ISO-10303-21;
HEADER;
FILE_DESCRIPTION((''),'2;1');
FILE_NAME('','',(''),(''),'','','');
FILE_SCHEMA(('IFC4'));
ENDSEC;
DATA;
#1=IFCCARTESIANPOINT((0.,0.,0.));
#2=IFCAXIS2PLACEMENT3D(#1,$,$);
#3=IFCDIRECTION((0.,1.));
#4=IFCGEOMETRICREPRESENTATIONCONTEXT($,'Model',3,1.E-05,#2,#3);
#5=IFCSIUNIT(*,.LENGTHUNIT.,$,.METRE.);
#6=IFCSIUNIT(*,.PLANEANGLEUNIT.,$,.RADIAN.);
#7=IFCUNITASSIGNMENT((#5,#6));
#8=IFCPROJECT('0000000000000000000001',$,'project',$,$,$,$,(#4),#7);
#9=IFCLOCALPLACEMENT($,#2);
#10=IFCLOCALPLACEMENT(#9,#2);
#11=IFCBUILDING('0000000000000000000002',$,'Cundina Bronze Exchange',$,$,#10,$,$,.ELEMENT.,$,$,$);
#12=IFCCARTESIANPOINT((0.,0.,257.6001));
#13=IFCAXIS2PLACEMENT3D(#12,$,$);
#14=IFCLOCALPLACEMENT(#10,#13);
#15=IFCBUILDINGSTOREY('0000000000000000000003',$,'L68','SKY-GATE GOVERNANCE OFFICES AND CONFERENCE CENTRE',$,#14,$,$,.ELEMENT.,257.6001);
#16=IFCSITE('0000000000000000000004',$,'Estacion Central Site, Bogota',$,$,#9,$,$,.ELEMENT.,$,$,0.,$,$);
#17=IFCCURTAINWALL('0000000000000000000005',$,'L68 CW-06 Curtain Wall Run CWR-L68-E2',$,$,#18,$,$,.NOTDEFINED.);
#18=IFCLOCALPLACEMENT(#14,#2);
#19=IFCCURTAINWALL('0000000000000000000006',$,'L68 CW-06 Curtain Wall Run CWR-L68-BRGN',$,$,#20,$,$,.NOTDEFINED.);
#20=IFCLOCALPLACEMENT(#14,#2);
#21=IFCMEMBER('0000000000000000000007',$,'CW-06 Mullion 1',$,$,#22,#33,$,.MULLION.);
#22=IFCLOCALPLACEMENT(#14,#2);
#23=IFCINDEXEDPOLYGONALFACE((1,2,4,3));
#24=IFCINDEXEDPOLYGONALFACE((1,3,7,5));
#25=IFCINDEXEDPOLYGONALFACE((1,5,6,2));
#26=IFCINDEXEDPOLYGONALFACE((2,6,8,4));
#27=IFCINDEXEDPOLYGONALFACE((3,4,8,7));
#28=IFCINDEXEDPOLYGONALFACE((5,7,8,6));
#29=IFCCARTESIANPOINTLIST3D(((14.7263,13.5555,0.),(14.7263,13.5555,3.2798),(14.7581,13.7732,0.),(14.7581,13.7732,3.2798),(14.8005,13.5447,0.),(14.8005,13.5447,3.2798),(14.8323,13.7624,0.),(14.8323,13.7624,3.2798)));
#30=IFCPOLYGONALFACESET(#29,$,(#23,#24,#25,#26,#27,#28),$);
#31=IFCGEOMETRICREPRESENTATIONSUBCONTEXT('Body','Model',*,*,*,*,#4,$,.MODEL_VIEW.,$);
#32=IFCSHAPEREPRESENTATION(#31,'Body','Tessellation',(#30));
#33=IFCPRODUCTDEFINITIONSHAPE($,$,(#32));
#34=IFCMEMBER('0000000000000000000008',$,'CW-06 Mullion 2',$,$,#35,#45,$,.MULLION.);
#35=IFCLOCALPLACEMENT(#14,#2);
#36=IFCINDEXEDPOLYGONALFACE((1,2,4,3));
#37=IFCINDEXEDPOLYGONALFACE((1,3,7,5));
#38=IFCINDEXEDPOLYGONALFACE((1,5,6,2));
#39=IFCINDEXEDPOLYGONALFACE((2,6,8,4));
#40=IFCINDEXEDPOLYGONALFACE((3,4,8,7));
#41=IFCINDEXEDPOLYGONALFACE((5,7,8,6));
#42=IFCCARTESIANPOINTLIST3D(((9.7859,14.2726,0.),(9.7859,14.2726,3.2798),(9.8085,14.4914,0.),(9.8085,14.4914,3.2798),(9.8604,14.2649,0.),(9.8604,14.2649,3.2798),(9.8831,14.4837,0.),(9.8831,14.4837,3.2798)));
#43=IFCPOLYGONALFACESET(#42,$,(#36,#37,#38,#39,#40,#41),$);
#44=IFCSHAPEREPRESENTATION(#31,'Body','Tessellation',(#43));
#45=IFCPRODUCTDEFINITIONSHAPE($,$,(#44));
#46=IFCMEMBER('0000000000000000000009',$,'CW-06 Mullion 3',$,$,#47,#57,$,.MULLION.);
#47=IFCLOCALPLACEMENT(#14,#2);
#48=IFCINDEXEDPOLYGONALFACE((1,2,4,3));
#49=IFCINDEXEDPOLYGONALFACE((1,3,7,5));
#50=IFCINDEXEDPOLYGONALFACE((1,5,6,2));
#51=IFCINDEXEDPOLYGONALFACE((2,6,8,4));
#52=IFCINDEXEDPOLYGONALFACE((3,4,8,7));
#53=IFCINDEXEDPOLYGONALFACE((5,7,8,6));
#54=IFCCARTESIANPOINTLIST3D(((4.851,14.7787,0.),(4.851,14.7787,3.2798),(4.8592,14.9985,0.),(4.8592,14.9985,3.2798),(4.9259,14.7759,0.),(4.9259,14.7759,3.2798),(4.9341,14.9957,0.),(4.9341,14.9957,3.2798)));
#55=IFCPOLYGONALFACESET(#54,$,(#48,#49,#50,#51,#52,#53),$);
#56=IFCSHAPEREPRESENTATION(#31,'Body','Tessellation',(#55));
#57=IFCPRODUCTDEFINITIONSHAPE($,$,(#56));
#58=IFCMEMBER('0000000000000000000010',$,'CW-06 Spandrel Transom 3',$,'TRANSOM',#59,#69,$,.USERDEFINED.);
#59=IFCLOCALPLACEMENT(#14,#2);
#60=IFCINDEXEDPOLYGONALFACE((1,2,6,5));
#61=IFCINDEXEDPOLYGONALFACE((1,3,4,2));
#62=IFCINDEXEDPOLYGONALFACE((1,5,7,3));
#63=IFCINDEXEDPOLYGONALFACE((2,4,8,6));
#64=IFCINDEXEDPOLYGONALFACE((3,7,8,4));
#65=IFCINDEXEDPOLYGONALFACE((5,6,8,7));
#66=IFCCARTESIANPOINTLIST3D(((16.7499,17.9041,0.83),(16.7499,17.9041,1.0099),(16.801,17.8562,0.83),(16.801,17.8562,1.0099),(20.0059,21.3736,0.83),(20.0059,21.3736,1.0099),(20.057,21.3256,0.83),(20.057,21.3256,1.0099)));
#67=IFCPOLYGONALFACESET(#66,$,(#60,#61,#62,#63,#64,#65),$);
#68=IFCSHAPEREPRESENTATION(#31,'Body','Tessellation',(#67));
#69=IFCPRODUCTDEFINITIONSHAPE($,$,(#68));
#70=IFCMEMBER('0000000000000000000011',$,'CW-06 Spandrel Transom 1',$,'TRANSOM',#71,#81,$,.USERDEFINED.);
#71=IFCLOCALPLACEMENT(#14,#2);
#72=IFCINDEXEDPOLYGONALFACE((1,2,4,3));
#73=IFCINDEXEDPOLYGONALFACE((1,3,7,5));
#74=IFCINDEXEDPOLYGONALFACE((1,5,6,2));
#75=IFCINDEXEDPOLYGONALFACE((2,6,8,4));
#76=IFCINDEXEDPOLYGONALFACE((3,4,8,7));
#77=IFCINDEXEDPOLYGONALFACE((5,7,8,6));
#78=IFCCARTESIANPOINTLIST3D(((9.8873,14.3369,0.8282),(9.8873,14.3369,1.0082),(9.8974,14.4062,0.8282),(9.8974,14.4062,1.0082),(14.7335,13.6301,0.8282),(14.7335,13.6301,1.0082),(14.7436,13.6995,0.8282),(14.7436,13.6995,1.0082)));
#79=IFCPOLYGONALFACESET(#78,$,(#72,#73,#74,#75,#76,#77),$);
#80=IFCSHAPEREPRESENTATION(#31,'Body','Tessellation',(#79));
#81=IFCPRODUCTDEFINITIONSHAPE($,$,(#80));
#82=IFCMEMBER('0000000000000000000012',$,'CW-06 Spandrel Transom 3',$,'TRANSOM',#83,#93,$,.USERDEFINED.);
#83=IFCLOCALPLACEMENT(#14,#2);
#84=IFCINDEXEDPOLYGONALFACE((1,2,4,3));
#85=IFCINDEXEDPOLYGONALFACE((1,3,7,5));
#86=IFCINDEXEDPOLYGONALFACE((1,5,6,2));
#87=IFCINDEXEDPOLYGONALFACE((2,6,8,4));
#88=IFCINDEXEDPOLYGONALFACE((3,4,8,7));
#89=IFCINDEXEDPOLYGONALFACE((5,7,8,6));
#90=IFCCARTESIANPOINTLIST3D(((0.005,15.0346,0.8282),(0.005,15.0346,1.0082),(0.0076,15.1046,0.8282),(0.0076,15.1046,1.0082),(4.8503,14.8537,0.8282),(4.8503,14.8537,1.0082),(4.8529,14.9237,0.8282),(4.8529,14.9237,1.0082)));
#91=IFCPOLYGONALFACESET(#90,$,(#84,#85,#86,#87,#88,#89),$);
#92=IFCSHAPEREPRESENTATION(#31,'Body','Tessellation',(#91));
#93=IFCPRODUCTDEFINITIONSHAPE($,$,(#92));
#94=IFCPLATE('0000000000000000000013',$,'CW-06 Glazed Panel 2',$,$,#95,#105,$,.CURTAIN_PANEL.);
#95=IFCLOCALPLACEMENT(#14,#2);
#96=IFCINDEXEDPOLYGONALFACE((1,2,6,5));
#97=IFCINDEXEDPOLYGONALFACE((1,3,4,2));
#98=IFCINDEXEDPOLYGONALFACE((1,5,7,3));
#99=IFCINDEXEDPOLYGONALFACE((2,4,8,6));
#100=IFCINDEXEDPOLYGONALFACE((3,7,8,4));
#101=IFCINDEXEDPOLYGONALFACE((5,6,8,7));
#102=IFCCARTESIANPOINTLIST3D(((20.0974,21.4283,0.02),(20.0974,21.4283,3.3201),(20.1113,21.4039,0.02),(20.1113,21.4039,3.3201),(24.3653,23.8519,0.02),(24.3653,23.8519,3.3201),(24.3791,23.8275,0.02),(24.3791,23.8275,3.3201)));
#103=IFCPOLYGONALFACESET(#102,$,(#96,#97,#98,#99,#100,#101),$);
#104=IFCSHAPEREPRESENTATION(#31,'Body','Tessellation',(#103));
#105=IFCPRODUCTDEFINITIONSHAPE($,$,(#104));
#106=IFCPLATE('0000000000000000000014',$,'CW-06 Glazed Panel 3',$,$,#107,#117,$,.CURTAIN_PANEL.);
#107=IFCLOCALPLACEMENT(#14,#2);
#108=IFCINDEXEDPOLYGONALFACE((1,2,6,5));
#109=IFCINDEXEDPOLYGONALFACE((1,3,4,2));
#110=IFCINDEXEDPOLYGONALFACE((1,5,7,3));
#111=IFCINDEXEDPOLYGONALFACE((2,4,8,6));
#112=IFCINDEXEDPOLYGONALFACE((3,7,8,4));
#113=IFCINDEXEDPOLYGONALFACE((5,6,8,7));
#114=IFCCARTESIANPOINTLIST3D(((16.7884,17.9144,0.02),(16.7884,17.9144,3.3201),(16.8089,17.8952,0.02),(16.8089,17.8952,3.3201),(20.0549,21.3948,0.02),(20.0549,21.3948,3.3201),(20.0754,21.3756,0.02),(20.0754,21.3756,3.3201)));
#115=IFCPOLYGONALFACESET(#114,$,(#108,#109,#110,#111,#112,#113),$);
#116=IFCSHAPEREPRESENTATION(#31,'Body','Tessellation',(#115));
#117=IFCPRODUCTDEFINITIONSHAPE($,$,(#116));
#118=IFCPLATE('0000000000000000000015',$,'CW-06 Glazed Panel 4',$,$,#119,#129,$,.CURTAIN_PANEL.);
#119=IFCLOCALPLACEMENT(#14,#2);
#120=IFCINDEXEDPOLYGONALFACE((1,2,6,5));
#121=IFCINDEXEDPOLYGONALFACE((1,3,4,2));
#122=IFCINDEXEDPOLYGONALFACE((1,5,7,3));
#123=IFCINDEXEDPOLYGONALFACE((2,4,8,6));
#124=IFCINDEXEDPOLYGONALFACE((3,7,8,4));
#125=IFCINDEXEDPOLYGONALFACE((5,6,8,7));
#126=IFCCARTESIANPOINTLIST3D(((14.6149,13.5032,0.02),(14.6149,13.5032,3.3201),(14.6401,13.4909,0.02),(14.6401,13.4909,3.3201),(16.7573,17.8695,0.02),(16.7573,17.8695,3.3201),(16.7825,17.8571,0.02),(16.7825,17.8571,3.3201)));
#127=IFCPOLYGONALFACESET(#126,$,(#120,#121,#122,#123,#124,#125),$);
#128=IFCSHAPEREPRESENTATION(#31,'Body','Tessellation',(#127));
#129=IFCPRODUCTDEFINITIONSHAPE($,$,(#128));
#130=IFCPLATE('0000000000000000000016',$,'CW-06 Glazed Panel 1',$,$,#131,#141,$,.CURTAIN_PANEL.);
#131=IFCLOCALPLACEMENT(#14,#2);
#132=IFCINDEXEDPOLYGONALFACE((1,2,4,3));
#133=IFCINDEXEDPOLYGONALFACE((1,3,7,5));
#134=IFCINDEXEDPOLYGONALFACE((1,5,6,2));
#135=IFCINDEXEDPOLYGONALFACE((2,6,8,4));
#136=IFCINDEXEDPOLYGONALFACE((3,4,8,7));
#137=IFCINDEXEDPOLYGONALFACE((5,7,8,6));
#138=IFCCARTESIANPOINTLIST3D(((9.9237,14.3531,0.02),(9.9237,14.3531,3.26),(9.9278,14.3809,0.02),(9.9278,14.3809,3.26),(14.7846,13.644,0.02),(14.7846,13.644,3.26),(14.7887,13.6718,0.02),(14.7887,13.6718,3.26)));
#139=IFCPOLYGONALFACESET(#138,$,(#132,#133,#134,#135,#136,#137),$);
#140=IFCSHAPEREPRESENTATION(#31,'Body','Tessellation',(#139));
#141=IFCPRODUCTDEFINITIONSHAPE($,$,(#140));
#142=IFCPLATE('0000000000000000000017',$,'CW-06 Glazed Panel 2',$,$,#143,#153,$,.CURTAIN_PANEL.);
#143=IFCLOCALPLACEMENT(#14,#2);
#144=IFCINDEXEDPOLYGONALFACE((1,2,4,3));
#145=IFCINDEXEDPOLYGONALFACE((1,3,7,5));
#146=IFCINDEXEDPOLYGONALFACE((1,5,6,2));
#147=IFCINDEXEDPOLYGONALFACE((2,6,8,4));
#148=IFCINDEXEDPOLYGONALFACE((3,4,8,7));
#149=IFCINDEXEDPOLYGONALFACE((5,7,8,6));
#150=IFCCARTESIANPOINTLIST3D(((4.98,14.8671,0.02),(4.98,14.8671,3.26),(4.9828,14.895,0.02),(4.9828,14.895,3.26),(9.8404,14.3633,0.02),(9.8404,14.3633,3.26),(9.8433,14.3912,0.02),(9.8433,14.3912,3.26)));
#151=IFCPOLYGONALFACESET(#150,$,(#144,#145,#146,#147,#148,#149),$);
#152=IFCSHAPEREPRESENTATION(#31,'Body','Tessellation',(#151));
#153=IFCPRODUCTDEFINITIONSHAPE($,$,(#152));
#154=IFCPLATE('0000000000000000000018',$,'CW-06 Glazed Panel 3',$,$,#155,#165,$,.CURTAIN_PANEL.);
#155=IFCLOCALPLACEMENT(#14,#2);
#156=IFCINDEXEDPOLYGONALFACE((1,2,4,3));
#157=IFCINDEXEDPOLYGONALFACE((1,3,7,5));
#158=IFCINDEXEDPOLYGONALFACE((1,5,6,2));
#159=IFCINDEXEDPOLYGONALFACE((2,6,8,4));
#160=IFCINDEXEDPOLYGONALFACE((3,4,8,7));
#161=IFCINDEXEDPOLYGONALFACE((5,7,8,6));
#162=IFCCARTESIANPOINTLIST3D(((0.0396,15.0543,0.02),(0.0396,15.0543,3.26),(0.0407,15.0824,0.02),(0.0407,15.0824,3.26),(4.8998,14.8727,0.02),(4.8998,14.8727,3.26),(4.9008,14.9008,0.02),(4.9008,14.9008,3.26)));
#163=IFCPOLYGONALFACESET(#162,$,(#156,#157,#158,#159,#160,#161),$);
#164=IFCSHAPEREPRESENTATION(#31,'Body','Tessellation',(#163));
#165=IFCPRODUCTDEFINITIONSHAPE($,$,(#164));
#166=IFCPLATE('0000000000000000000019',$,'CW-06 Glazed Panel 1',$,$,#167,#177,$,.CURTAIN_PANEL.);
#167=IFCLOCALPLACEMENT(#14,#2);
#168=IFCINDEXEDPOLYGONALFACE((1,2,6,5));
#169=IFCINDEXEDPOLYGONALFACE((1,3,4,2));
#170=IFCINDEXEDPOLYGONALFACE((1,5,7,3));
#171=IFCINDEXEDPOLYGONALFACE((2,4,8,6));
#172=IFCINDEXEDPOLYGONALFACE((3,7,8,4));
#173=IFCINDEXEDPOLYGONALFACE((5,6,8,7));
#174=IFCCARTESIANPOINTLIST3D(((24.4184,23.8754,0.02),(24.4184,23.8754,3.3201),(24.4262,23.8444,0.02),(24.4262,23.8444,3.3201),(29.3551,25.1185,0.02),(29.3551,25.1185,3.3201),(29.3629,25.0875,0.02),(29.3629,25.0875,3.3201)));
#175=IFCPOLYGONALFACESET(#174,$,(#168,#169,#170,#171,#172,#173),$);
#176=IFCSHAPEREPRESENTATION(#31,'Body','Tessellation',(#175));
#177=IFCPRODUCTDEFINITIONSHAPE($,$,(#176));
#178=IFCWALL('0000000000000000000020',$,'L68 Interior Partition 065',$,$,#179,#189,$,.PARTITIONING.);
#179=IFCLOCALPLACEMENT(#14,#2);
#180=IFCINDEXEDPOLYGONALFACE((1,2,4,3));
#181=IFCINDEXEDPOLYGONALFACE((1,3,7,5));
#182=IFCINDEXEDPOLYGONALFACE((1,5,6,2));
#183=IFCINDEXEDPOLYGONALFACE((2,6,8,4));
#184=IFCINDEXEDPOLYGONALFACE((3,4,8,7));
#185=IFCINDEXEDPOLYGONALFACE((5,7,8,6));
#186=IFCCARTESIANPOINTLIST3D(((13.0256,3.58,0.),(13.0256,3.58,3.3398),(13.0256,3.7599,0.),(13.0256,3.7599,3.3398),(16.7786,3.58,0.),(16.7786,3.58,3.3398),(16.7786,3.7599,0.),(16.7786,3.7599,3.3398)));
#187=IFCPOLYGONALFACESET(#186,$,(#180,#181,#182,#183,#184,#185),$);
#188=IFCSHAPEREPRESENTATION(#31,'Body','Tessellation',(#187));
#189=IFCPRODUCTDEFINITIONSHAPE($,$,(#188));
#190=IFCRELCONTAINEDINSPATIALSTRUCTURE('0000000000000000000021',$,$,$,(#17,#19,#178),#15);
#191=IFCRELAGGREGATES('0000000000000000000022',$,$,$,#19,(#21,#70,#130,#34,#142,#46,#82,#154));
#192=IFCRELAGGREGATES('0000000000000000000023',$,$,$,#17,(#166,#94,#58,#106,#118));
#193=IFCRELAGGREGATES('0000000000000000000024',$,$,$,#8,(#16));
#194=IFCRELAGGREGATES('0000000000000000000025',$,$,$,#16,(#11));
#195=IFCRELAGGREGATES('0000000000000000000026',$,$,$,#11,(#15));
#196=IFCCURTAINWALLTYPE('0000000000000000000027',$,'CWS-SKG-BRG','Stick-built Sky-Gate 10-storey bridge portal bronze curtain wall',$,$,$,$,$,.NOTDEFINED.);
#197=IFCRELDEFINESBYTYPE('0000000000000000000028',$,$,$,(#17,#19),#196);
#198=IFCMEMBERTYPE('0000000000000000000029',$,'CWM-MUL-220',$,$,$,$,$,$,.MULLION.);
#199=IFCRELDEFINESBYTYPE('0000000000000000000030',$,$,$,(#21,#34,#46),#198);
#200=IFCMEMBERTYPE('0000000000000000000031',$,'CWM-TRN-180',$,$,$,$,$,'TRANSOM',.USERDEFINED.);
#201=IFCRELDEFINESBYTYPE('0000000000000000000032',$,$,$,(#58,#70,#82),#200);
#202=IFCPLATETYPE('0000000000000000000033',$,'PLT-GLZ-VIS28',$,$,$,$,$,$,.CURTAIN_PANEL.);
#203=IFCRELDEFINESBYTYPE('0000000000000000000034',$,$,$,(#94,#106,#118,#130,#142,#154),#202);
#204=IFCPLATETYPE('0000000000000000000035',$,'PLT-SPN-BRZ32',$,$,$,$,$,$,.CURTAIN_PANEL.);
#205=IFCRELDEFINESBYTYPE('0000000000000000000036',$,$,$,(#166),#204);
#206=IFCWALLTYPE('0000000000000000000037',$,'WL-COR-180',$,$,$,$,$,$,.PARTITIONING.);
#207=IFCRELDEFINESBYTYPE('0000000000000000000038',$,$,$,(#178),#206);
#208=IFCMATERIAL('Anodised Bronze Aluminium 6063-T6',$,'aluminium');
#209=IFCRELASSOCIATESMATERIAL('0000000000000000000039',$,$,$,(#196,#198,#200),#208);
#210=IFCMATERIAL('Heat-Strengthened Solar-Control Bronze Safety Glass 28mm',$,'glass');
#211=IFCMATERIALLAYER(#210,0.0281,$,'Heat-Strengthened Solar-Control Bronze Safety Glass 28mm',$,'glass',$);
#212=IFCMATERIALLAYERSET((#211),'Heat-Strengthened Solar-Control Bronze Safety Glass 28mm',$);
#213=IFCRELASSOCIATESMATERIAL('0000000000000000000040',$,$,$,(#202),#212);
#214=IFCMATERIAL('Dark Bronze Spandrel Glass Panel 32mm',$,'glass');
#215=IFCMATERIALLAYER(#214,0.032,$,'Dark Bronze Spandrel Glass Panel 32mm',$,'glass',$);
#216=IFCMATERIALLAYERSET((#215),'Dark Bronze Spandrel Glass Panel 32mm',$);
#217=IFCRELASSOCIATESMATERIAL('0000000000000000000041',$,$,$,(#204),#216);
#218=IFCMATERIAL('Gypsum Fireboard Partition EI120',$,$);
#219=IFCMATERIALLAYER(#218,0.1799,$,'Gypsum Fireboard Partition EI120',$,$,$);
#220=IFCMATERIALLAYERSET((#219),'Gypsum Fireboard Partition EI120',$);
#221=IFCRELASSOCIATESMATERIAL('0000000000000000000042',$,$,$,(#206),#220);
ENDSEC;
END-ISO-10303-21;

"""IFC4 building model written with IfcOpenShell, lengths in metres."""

from ifc_helpers import new_model, si_unit, direction, frame, frame_2d, origin, origin_2d, place, context, subcontext, project, spatial, rectangle, extrude, material, layer, layer_set, material_profile, profile_set, type_object, element, aggregate, save


model = new_model("IFC4")

# Units and contexts
model_context = context("Model", 3, precision=1e-05, world=origin(), true_north=direction((0.0, 1.0)))
body_context = subcontext(model_context, "Body", "Model", "MODEL_VIEW")
ifc_project = project(units=[si_unit("LENGTHUNIT", "METRE"), si_unit("PLANEANGLEUNIT", "RADIAN")], contexts=[model_context])

# Site, building, storey
site_placement = place(None, origin())
site = spatial("IfcSite", under=ifc_project, at=site_placement, Name="Estacion Central Site, Bogota", CompositionType="ELEMENT", RefElevation=0.0)
building_placement = place(site_placement, origin())
building = spatial("IfcBuilding", under=site, at=building_placement, Name="Cundina Bronze Exchange", CompositionType="ELEMENT")
storey_placement = place(building_placement, frame((0.0, 0.0, 257.6001)))
storey = spatial("IfcBuildingStorey", under=building, at=storey_placement, Name="L68", Description="SKY-GATE GOVERNANCE OFFICES AND CONFERENCE CENTRE", CompositionType="ELEMENT", Elevation=257.6001)

# Curtain walls, members
ifc_material_1 = material(Name="Anodised Bronze Aluminium 6063-T6", Category="aluminium")
curtain_wall_type = type_object("IfcCurtainWallType", Name="CWS-SKG-BRG", Description="Stick-built Sky-Gate 10-storey bridge portal bronze curtain wall", PredefinedType="NOTDEFINED", material=ifc_material_1)
curtain_wall_1_placement = place(storey_placement, origin())
curtain_wall_1 = element("IfcCurtainWall", 1, at=curtain_wall_1_placement, inside=storey, type_object=curtain_wall_type, Name="L68 CW-06 Curtain Wall Run CWR-L68-E2", PredefinedType="NOTDEFINED")
ifc_material_profile_1 = material_profile(ifc_material_1, rectangle(XDim=0.075, YDim=0.22, at=origin_2d()), Name="AL75X220", Category="aluminium")
ifc_profile_set_1 = profile_set([ifc_material_profile_1], Name="Anodised Bronze Aluminium 6063-T6")
member_type_1 = type_object("IfcMemberType", Name="CWM-MUL-220", PredefinedType="MULLION", material=ifc_profile_set_1)
curtain_wall_2_placement = place(storey_placement, origin())
curtain_wall_2 = element("IfcCurtainWall", 2, at=curtain_wall_2_placement, inside=storey, type_object=curtain_wall_type, Name="L68 CW-06 Curtain Wall Run CWR-L68-BRGN", PredefinedType="NOTDEFINED")
member_1_placement = place(storey_placement, frame((14.7793, 13.6589, 0.0), z_axis=(0.0, 0.0, 1.0), x_axis=(-0.989526, 0.144356, 0.0)))
member_1 = element("IfcMember", 3, at=member_1_placement, type_object=member_type_1, Name="CW-06 Mullion 1", PredefinedType="MULLION", context=body_context, shape_type="SweptSolid", body=[
    extrude(rectangle(XDim=0.075, YDim=0.22, at=origin_2d()), origin(), (0.0, 0.0, 1.0), 3.2798),
])
member_2_placement = place(storey_placement, frame((9.8345, 14.3782, 0.0), z_axis=(0.0, 0.0, 1.0), x_axis=(-0.994667, 0.10314, 0.0)))
member_2 = element("IfcMember", 4, at=member_2_placement, type_object=member_type_1, Name="CW-06 Mullion 2", PredefinedType="MULLION", context=body_context, shape_type="SweptSolid", body=[
    extrude(rectangle(XDim=0.075, YDim=0.22, at=origin_2d()), origin(), (0.0, 0.0, 1.0), 3.2798),
])
member_3_placement = place(storey_placement, frame((4.8926, 14.8872, 0.0), z_axis=(0.0, 0.0, 1.0), x_axis=(-0.999303, 0.037341, 0.0)))
member_3 = element("IfcMember", 5, at=member_3_placement, type_object=member_type_1, Name="CW-06 Mullion 3", PredefinedType="MULLION", context=body_context, shape_type="SweptSolid", body=[
    extrude(rectangle(XDim=0.075, YDim=0.22, at=origin_2d()), origin(), (0.0, 0.0, 1.0), 3.2798),
])

# Members
ifc_material_profile_2 = material_profile(ifc_material_1, rectangle(XDim=0.0701, YDim=0.1799, at=origin_2d()), Name="AL70X180", Category="aluminium")
ifc_profile_set_2 = profile_set([ifc_material_profile_2], Name="Anodised Bronze Aluminium 6063-T6")
member_type_2 = type_object("IfcMemberType", Name="CWM-TRN-180", ElementType="TRANSOM", PredefinedType="USERDEFINED", material=ifc_profile_set_2)
member_4_placement = place(storey_placement, frame((20.0315, 21.3496, 0.9199), z_axis=(-0.684328, -0.729174, 0.0), x_axis=(0.729174, -0.684328, 0.0)))
member_4 = element("IfcMember", 6, at=member_4_placement, type_object=member_type_2, Name="CW-06 Spandrel Transom 3", ObjectType="TRANSOM", PredefinedType="USERDEFINED", context=body_context, shape_type="SweptSolid", body=[
    extrude(rectangle(XDim=0.0701, YDim=0.1799, at=origin_2d()), origin(), (0.0, 0.0, 1.0), 4.7581),
])
member_5_placement = place(storey_placement, frame((14.7385, 13.6648, 0.9182), z_axis=(-0.989531, 0.144317, 0.0), x_axis=(-0.144317, -0.989531, 0.0)))
member_5 = element("IfcMember", 7, at=member_5_placement, type_object=member_type_2, Name="CW-06 Spandrel Transom 1", ObjectType="TRANSOM", PredefinedType="USERDEFINED", context=body_context, shape_type="SweptSolid", body=[
    extrude(rectangle(XDim=0.0701, YDim=0.1799, at=origin_2d()), origin(), (0.0, 0.0, 1.0), 4.8975),
])
member_6_placement = place(storey_placement, frame((4.8516, 14.8887, 0.9182), z_axis=(-0.999304, 0.037312, 0.0), x_axis=(-0.037312, -0.999304, 0.0)))
member_6 = element("IfcMember", 8, at=member_6_placement, type_object=member_type_2, Name="CW-06 Spandrel Transom 3", ObjectType="TRANSOM", PredefinedType="USERDEFINED", context=body_context, shape_type="SweptSolid", body=[
    extrude(rectangle(XDim=0.0701, YDim=0.1799, at=origin_2d()), origin(), (0.0, 0.0, 1.0), 4.8486),
])

# Plates
ifc_material_2 = material(Name="Heat-Strengthened Solar-Control Bronze Safety Glass 28mm", Category="glass")
ifc_layer_1 = layer(ifc_material_2, 0.0281, Name="Heat-Strengthened Solar-Control Bronze Safety Glass 28mm", Category="glass")
ifc_layer_set_1 = layer_set([ifc_layer_1], Name="Heat-Strengthened Solar-Control Bronze Safety Glass 28mm")
plate_type_1 = type_object("IfcPlateType", Name="PLT-GLZ-VIS28", PredefinedType="CURTAIN_PANEL", material=ifc_layer_set_1)
plate_1_placement = place(storey_placement, frame((22.2383, 22.6279, 0.02), z_axis=(0.0, 0.0, 1.0), x_axis=(-0.869573, -0.493805, 0.0)))
plate_1 = element("IfcPlate", 9, at=plate_1_placement, type_object=plate_type_1, Name="CW-06 Glazed Panel 2", PredefinedType="CURTAIN_PANEL", context=body_context, shape_type="SweptSolid", body=[
    extrude(rectangle(XDim=4.908, YDim=0.0281, at=origin_2d()), origin(), (0.0, 0.0, 1.0), 3.3),
])
plate_2_placement = place(storey_placement, frame((18.4319, 19.645, 0.02), z_axis=(0.0, 0.0, 1.0), x_axis=(-0.684344, -0.72916, 0.0)))
plate_2 = element("IfcPlate", 10, at=plate_2_placement, type_object=plate_type_1, Name="CW-06 Glazed Panel 3", PredefinedType="CURTAIN_PANEL", context=body_context, shape_type="SweptSolid", body=[
    extrude(rectangle(XDim=4.7732, YDim=0.0281, at=origin_2d()), origin(), (0.0, 0.0, 1.0), 3.3),
])
plate_3_placement = place(storey_placement, frame((15.6987, 15.6802, 0.02), z_axis=(0.0, 0.0, 1.0), x_axis=(-0.440503, -0.897751, 0.0)))
plate_3 = element("IfcPlate", 11, at=plate_3_placement, type_object=plate_type_1, Name="CW-06 Glazed Panel 4", PredefinedType="CURTAIN_PANEL", context=body_context, shape_type="SweptSolid", body=[
    extrude(rectangle(XDim=4.8635, YDim=0.0281, at=origin_2d()), origin(), (0.0, 0.0, 1.0), 3.3),
])
plate_4_placement = place(storey_placement, frame((12.3562, 14.0125, 0.02), z_axis=(0.0, 0.0, 1.0), x_axis=(-0.989528, 0.144339, 0.0)))
plate_4 = element("IfcPlate", 12, at=plate_4_placement, type_object=plate_type_1, Name="CW-06 Glazed Panel 1", PredefinedType="CURTAIN_PANEL", context=body_context, shape_type="SweptSolid", body=[
    extrude(rectangle(XDim=4.9124, YDim=0.0281, at=origin_2d()), origin(), (0.0, 0.0, 1.0), 3.24),
])
plate_5_placement = place(storey_placement, frame((7.4116, 14.6292, 0.02), z_axis=(0.0, 0.0, 1.0), x_axis=(-0.994672, 0.103088, 0.0)))
plate_5 = element("IfcPlate", 13, at=plate_5_placement, type_object=plate_type_1, Name="CW-06 Glazed Panel 2", PredefinedType="CURTAIN_PANEL", context=body_context, shape_type="SweptSolid", body=[
    extrude(rectangle(XDim=4.8865, YDim=0.0281, at=origin_2d()), origin(), (0.0, 0.0, 1.0), 3.24),
])
plate_6_placement = place(storey_placement, frame((2.4702, 14.9775, 0.02), z_axis=(0.0, 0.0, 1.0), x_axis=(-0.999303, 0.037341, 0.0)))
plate_6 = element("IfcPlate", 14, at=plate_6_placement, type_object=plate_type_1, Name="CW-06 Glazed Panel 3", PredefinedType="CURTAIN_PANEL", context=body_context, shape_type="SweptSolid", body=[
    extrude(rectangle(XDim=4.8635, YDim=0.0281, at=origin_2d()), origin(), (0.0, 0.0, 1.0), 3.24),
])
aggregate(curtain_wall_2, [member_1, member_5, plate_4, member_2, plate_5, member_3, member_6, plate_6])
ifc_material_3 = material(Name="Dark Bronze Spandrel Glass Panel 32mm", Category="glass")
ifc_layer_2 = layer(ifc_material_3, 0.032, Name="Dark Bronze Spandrel Glass Panel 32mm", Category="glass")
ifc_layer_set_2 = layer_set([ifc_layer_2], Name="Dark Bronze Spandrel Glass Panel 32mm")
plate_type_2 = type_object("IfcPlateType", Name="PLT-SPN-BRZ32", PredefinedType="CURTAIN_PANEL", material=ifc_layer_set_2)
plate_7_placement = place(storey_placement, frame((26.8906, 24.4814, 0.02), z_axis=(0.0, 0.0, 1.0), x_axis=(-0.969732, -0.244174, 0.0)))
plate_7 = element("IfcPlate", 15, at=plate_7_placement, type_object=plate_type_2, Name="CW-06 Glazed Panel 1", PredefinedType="CURTAIN_PANEL", context=body_context, shape_type="SweptSolid", body=[
    extrude(rectangle(XDim=5.0908, YDim=0.032, at=origin_2d()), origin(), (0.0, 0.0, 1.0), 3.3),
])
aggregate(curtain_wall_1, [plate_7, plate_1, member_4, plate_2, plate_3])

# Wall
ifc_material_4 = material(Name="Gypsum Fireboard Partition EI120")
ifc_layer_3 = layer(ifc_material_4, 0.1799, Name="Gypsum Fireboard Partition EI120")
ifc_layer_set_3 = layer_set([ifc_layer_3], Name="Gypsum Fireboard Partition EI120")
wall_type_1 = type_object("IfcWallType", Name="WL-COR-180", PredefinedType="PARTITIONING", material=ifc_layer_set_3)
wall_1_placement = place(storey_placement, frame((16.7786, 3.6699, 0.0), z_axis=(0.0, 0.0, 1.0), x_axis=(-1.0, 0.0, 0.0)))
element("IfcWall", 16, at=wall_1_placement, inside=storey, type_object=wall_type_1, Name="L68 Interior Partition 065", PredefinedType="PARTITIONING", context=body_context, shape_type="SweptSolid", body=[
    extrude(rectangle(XDim=3.7529, YDim=0.1799, at=frame_2d((1.8765, 0.0))), origin(), (0.0, 0.0, 1.0), 3.3398),
])

save(model, "model.ifc")
